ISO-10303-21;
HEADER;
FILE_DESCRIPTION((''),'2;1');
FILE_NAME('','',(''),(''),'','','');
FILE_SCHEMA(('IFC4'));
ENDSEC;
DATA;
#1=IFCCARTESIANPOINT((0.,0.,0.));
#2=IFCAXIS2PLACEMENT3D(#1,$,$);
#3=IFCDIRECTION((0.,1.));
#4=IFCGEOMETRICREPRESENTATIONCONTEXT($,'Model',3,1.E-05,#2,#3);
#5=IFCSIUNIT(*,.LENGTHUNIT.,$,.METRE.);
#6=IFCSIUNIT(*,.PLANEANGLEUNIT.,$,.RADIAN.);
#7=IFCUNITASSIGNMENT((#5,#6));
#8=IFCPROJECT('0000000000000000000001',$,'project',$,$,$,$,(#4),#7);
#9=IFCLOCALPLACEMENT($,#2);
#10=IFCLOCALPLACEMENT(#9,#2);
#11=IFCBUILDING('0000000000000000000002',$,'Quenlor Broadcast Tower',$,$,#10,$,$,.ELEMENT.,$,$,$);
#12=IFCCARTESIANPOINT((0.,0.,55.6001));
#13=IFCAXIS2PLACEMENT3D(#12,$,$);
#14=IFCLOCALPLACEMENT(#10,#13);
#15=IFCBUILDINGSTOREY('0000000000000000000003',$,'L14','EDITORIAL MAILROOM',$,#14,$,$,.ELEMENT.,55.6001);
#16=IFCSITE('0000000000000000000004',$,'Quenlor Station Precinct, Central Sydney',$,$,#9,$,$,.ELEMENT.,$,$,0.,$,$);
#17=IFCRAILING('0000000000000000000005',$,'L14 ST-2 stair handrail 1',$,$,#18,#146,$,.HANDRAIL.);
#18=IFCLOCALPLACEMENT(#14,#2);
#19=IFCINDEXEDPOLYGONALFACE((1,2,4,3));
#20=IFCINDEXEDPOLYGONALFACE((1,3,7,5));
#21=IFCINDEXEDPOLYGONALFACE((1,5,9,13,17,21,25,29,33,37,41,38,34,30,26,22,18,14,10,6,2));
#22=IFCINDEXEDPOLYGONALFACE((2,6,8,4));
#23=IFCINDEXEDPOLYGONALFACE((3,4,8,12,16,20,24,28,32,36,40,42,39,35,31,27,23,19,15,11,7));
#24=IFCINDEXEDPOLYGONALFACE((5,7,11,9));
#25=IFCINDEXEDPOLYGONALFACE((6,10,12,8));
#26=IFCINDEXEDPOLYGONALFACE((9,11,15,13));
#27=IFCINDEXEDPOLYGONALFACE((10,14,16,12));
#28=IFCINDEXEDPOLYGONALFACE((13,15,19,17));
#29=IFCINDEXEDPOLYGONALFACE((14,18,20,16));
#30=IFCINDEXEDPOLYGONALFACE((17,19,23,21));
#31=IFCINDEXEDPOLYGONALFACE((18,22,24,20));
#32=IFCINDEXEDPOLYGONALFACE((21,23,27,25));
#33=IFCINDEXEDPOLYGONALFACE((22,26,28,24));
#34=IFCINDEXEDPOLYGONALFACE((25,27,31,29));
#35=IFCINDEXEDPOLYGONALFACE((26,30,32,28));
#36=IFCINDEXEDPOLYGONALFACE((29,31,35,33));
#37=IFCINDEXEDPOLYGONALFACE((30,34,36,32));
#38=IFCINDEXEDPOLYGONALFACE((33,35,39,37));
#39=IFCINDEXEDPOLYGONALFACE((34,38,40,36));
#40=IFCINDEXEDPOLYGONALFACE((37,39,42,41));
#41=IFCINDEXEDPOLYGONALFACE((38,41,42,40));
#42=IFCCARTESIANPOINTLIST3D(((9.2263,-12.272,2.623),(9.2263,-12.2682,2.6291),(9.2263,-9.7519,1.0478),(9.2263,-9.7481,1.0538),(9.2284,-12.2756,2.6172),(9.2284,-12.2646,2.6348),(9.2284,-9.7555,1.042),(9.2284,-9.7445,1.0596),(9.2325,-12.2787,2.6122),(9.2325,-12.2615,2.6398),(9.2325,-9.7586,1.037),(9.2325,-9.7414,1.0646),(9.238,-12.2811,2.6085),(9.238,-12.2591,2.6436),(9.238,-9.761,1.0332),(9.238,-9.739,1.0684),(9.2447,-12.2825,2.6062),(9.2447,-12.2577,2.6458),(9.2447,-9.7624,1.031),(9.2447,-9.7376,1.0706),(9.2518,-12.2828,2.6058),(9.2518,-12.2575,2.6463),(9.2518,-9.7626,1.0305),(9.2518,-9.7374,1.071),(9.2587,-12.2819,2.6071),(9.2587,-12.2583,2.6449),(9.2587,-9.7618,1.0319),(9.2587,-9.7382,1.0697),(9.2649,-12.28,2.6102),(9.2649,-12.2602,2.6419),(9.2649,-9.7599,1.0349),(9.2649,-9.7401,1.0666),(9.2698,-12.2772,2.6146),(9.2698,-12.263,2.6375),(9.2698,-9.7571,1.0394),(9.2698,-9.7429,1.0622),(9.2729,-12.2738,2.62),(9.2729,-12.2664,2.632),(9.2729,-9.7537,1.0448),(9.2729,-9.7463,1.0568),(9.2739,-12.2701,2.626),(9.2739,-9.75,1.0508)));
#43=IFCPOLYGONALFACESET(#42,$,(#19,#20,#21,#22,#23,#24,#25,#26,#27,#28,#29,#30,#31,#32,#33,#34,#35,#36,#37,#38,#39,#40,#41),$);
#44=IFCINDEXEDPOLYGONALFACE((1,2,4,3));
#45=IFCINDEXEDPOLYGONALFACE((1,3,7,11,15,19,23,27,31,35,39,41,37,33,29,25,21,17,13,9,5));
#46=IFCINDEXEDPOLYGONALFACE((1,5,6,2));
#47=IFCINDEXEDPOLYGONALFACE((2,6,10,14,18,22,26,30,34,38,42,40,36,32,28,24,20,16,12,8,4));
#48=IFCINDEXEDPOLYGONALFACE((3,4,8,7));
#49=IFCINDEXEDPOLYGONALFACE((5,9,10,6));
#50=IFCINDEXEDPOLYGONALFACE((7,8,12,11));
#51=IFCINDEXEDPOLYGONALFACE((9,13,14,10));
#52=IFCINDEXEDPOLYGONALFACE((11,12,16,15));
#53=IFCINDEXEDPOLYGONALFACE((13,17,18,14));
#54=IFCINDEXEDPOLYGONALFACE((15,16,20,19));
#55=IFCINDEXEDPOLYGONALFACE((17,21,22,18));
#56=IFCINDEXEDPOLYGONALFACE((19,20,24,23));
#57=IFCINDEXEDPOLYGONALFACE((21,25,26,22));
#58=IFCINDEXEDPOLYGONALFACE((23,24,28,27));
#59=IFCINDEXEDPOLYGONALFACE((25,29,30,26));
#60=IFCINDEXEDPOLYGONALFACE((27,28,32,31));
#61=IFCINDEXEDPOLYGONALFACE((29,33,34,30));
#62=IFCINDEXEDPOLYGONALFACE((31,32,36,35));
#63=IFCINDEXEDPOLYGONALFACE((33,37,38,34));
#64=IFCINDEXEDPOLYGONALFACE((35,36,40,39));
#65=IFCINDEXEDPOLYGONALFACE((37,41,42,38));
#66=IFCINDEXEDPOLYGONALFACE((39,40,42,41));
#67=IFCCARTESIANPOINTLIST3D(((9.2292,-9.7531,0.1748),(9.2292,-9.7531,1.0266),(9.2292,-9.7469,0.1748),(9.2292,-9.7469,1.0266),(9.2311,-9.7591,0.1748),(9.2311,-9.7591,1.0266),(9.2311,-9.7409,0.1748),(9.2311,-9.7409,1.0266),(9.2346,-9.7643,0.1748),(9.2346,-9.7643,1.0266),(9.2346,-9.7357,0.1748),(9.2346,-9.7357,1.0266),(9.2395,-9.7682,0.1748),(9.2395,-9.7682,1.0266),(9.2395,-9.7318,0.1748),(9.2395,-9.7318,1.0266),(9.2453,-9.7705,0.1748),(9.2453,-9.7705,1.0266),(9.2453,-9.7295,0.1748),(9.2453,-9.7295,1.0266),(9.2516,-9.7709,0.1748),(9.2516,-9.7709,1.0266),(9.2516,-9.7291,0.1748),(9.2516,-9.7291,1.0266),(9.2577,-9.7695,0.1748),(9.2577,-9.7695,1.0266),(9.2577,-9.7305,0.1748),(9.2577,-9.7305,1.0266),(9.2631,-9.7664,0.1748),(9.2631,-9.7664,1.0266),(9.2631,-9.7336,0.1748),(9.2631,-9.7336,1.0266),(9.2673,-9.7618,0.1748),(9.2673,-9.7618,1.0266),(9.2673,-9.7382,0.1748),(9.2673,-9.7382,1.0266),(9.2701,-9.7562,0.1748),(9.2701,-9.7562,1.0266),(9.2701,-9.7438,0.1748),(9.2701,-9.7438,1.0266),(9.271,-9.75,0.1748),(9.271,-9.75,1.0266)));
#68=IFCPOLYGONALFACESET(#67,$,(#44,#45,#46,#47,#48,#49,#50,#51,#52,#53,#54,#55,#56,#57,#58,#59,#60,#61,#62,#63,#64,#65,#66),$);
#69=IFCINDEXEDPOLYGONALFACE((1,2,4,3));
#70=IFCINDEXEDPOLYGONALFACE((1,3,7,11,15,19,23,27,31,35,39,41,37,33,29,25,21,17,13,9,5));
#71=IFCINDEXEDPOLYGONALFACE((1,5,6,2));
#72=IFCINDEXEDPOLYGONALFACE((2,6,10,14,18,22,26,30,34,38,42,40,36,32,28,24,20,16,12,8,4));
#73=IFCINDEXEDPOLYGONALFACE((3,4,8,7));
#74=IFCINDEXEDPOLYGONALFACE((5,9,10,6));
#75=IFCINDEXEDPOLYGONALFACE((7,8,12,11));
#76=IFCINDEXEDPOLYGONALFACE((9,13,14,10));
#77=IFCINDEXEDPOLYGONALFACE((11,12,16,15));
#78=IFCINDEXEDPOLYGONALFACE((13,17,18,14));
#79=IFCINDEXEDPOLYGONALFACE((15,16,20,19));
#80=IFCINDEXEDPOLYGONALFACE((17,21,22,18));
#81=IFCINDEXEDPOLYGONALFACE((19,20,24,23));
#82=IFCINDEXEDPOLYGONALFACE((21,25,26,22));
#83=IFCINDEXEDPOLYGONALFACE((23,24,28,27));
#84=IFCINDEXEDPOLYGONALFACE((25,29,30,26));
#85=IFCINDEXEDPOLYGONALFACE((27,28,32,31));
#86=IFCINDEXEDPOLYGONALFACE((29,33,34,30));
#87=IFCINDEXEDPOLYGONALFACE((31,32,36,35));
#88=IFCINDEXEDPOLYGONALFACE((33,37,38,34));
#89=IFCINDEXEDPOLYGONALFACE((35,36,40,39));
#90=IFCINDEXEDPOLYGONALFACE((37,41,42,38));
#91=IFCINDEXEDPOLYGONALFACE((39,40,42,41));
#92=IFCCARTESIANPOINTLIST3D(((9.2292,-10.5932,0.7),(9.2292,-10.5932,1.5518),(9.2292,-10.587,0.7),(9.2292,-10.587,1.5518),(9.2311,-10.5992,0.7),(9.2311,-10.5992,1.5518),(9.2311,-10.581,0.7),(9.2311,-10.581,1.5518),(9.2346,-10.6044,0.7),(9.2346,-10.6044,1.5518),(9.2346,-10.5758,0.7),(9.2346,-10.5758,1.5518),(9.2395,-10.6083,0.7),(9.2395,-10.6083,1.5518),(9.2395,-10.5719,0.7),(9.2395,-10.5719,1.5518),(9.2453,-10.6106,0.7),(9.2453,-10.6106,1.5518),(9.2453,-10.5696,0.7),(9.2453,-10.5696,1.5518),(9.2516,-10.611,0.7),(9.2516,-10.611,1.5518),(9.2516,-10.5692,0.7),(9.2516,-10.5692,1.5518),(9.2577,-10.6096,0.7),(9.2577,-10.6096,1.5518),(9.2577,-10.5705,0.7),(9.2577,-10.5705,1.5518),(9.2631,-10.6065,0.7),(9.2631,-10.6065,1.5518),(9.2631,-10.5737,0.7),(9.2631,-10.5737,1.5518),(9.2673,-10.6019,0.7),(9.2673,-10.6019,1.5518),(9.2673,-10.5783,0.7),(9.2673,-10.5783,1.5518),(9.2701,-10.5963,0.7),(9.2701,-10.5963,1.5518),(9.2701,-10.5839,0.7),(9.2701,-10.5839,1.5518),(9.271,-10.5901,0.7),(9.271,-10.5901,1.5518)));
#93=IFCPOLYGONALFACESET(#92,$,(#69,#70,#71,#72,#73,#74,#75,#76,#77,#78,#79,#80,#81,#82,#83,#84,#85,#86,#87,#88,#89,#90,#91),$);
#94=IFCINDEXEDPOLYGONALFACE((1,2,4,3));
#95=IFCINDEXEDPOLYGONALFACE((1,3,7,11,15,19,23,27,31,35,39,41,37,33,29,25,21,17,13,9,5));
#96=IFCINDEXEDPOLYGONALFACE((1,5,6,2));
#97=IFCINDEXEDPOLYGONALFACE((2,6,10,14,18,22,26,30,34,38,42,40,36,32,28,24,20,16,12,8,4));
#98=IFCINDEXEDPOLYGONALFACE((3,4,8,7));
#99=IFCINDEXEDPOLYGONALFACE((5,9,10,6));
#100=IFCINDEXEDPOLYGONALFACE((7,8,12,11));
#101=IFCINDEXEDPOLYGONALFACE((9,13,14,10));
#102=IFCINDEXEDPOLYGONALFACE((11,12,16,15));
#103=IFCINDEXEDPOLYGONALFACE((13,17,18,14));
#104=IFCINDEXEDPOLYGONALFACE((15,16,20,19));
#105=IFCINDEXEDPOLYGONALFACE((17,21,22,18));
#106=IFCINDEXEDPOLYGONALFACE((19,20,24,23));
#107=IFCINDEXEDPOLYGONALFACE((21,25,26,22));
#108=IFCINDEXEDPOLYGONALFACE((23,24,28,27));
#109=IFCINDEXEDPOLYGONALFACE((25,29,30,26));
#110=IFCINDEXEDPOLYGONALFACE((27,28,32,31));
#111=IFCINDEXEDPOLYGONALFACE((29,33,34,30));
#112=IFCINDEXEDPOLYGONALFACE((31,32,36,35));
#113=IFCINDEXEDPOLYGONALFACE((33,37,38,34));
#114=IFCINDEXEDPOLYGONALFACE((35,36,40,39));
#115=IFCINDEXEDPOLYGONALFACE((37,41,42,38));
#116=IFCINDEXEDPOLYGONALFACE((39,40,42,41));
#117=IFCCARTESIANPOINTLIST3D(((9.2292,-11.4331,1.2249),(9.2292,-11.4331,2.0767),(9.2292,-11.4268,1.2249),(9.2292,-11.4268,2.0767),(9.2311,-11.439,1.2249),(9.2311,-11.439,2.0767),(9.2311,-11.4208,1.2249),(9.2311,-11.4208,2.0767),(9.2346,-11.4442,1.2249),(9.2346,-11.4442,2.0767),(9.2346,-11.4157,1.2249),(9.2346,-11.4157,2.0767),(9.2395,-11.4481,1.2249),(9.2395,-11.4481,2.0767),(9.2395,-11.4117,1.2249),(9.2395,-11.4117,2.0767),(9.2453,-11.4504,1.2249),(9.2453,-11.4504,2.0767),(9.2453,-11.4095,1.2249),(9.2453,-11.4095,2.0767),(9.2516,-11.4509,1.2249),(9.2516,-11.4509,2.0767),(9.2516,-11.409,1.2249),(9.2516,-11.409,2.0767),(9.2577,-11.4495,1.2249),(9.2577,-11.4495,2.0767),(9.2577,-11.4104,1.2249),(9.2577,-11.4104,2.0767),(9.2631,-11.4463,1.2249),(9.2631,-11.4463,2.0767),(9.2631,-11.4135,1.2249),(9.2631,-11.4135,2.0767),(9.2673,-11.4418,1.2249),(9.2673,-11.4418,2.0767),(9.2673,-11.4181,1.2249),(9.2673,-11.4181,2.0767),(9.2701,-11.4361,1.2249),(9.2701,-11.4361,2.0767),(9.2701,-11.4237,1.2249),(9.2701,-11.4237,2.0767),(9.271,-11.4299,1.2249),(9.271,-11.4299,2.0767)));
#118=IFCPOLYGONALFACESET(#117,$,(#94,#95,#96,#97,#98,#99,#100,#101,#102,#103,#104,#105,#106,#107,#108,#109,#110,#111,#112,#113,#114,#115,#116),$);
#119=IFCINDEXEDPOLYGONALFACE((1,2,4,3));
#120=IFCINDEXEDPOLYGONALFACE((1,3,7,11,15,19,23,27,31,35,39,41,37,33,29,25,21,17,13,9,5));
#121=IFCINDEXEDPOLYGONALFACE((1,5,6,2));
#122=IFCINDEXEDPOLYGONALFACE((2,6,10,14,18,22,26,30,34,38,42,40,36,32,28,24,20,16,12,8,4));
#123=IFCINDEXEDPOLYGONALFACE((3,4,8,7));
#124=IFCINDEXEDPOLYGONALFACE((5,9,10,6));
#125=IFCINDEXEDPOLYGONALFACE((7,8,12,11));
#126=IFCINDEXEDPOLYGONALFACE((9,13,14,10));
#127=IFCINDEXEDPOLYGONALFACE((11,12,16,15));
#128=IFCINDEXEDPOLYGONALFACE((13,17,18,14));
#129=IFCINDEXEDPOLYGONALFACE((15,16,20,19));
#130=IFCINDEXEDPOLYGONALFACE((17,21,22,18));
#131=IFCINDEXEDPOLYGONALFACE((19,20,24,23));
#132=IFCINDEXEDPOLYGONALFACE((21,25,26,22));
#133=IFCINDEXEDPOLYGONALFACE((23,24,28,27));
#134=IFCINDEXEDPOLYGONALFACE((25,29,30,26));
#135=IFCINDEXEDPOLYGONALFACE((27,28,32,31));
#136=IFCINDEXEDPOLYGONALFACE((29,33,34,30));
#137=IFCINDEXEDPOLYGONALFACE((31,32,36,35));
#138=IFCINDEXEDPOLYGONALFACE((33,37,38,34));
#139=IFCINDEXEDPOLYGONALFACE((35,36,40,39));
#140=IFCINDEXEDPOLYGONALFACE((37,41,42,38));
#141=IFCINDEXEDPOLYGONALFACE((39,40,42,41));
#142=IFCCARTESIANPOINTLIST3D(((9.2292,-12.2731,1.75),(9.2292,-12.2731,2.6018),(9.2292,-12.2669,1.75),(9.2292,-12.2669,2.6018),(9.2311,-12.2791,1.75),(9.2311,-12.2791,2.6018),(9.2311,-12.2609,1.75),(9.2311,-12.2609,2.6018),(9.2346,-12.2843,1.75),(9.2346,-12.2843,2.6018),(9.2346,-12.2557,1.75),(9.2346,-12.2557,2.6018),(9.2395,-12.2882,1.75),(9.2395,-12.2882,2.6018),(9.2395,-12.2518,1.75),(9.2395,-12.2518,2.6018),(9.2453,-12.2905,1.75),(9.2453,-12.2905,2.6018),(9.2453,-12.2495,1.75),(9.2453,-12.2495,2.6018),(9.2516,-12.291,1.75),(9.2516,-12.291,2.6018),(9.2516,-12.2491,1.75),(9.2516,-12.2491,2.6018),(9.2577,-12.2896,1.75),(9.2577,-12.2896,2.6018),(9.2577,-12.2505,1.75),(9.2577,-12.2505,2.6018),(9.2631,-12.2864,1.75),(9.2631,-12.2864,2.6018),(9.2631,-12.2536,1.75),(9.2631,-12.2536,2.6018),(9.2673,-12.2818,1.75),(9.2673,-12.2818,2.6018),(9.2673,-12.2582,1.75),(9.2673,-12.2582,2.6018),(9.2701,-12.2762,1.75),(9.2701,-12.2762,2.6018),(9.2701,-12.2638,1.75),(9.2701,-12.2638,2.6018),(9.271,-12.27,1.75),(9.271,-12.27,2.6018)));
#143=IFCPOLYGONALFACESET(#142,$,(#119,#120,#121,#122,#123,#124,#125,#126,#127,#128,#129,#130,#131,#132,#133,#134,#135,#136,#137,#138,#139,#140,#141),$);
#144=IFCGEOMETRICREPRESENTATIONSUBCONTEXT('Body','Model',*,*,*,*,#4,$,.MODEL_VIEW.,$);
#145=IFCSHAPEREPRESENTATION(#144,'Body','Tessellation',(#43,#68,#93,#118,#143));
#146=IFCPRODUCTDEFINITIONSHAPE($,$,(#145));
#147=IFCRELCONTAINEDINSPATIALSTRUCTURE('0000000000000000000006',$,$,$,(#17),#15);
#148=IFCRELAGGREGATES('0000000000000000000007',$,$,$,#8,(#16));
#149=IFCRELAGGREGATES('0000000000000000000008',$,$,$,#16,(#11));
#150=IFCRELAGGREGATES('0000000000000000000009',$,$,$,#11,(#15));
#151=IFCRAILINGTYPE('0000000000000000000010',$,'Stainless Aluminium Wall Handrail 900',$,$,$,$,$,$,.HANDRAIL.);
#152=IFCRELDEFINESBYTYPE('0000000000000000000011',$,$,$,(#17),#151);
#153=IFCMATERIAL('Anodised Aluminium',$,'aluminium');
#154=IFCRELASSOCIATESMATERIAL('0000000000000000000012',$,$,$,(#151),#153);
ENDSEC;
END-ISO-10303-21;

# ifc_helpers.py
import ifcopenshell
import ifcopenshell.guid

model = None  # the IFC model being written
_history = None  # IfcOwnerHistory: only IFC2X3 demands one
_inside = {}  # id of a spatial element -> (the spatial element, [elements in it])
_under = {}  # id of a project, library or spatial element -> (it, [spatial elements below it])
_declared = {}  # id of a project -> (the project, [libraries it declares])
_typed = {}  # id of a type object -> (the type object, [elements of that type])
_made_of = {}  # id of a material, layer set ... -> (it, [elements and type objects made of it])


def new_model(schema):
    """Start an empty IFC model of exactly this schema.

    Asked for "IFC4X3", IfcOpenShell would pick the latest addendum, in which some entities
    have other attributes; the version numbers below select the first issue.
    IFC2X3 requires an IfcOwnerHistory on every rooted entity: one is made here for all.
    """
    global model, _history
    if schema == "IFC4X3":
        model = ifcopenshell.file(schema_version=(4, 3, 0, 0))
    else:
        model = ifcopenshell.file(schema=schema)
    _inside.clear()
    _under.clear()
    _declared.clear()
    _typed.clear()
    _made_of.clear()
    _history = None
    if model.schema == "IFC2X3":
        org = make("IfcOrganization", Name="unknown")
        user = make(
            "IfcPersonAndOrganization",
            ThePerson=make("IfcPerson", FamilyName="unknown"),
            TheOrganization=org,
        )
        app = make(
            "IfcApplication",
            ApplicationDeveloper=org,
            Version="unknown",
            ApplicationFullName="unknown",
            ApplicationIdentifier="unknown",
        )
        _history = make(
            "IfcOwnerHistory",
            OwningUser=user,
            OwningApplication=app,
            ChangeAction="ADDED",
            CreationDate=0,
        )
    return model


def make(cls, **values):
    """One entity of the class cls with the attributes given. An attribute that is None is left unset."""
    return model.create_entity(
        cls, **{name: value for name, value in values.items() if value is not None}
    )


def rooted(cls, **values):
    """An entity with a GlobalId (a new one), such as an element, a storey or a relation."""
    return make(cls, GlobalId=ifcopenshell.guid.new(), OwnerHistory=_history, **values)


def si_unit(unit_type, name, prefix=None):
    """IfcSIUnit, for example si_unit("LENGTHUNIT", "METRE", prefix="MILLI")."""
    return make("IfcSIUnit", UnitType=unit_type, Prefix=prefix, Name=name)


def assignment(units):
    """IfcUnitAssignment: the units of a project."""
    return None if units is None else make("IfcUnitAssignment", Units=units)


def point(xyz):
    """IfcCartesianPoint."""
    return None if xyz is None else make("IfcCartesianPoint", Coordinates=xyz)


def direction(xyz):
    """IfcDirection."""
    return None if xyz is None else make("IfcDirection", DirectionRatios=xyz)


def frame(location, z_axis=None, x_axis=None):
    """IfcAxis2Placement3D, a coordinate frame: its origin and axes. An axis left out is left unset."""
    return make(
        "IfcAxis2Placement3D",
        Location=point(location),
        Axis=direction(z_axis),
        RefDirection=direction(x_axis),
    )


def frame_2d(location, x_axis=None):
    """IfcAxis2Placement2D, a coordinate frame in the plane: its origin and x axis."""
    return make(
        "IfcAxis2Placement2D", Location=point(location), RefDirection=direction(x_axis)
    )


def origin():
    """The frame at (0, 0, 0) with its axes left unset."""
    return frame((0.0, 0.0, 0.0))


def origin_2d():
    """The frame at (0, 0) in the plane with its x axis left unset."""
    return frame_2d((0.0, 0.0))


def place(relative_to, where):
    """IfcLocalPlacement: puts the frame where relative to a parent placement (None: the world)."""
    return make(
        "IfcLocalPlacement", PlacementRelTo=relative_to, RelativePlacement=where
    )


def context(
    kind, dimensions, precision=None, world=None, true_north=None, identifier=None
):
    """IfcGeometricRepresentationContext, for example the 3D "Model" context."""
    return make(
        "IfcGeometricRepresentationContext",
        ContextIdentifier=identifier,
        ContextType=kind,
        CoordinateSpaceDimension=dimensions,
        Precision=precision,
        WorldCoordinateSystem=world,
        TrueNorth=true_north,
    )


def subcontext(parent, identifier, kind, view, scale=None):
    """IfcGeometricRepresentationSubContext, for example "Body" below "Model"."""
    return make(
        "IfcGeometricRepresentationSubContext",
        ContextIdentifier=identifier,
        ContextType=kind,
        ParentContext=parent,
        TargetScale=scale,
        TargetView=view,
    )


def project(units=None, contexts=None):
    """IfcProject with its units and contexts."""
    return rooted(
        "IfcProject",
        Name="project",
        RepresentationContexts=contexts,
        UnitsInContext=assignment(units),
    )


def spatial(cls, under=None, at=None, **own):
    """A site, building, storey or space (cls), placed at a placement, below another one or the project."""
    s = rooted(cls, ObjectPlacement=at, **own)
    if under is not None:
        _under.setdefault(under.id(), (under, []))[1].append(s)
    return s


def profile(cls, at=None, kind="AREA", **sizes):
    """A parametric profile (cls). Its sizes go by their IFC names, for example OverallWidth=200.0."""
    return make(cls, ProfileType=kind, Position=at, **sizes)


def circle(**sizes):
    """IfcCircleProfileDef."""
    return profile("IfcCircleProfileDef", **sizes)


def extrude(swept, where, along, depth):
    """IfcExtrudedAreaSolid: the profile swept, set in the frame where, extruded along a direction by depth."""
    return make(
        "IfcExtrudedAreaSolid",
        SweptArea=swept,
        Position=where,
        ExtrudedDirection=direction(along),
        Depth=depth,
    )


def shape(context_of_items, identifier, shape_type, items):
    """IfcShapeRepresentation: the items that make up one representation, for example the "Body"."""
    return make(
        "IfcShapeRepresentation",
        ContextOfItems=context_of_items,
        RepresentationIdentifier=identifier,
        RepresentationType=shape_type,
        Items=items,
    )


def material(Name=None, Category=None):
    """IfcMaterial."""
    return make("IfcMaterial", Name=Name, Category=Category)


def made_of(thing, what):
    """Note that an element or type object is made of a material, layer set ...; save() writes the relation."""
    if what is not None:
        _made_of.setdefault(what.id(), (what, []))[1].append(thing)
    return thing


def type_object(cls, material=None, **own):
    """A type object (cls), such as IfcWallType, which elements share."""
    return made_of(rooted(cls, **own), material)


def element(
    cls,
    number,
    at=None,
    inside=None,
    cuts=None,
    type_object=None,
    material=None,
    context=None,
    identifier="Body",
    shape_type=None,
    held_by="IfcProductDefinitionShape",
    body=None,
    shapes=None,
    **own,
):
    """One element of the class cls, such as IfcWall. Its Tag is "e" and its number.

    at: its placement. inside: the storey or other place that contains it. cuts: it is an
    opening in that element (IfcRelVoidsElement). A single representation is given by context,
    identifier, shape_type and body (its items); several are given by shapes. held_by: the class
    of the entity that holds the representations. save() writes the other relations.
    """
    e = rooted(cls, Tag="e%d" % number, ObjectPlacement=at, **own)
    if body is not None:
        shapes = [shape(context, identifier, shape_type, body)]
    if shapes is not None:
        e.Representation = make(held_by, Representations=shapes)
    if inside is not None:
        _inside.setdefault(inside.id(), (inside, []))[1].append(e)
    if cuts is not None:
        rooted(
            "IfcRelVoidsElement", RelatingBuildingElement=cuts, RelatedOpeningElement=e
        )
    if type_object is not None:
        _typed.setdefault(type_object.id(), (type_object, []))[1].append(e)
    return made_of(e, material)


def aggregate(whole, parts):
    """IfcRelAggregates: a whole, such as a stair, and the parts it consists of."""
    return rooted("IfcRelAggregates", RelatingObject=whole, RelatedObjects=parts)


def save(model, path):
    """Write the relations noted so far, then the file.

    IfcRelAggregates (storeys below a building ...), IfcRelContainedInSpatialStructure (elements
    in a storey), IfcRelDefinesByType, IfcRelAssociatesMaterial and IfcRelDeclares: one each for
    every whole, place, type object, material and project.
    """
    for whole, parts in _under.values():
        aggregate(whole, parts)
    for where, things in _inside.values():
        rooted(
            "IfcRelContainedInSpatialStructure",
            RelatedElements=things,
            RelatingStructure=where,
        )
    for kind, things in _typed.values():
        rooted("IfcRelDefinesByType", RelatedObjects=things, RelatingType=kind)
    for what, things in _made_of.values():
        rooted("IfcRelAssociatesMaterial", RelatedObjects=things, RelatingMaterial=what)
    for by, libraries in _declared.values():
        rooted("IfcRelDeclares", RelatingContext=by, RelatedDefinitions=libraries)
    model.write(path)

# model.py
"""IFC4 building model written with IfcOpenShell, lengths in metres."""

from ifc_helpers import new_model, si_unit, direction, frame, origin, origin_2d, place, context, subcontext, project, spatial, circle, extrude, material, type_object, element, save


model = new_model("IFC4")

# Units and contexts
model_context = context("Model", 3, precision=1e-05, world=origin(), true_north=direction((0.0, 1.0)))
body_context = subcontext(model_context, "Body", "Model", "MODEL_VIEW")
ifc_project = project(units=[si_unit("LENGTHUNIT", "METRE"), si_unit("PLANEANGLEUNIT", "RADIAN")], contexts=[model_context])

# Site, building, storey
site_placement = place(None, origin())
site = spatial("IfcSite", under=ifc_project, at=site_placement, Name="Quenlor Station Precinct, Central Sydney", CompositionType="ELEMENT", RefElevation=0.0)
building_placement = place(site_placement, origin())
building = spatial("IfcBuilding", under=site, at=building_placement, Name="Quenlor Broadcast Tower", CompositionType="ELEMENT")
storey_placement = place(building_placement, frame((0.0, 0.0, 55.6001)))
storey = spatial("IfcBuildingStorey", under=building, at=storey_placement, Name="L14", Description="EDITORIAL MAILROOM", CompositionType="ELEMENT", Elevation=55.6001)

# Railing
ifc_material_1 = material(Name="Anodised Aluminium", Category="aluminium")
railing_type_1 = type_object("IfcRailingType", Name="Stainless Aluminium Wall Handrail 900", PredefinedType="HANDRAIL", material=ifc_material_1)
railing_1_placement = place(storey_placement, frame((9.25, -9.75, 0.1748)))
element("IfcRailing", 1, at=railing_1_placement, inside=storey, type_object=railing_type_1, Name="L14 ST-2 stair handrail 1", PredefinedType="HANDRAIL", context=body_context, shape_type="SweptSolid", body=[
    extrude(circle(Radius=0.0239, at=origin_2d()), frame((0.0, 0.0, 0.876), z_axis=(0.0, -0.847971, 0.530043), x_axis=(1.0, 0.0, 0.0)), (0.0, 0.0, 1.0), 2.9719),
    extrude(circle(Radius=0.021, at=origin_2d()), origin(), (0.0, 0.0, 1.0), 0.8518),
    extrude(circle(Radius=0.021, at=origin_2d()), frame((0.0, -0.8401, 0.5251)), (0.0, 0.0, 1.0), 0.8518),
    extrude(circle(Radius=0.021, at=origin_2d()), frame((0.0, -1.6799, 1.05)), (0.0, 0.0, 1.0), 0.8518),
    extrude(circle(Radius=0.021, at=origin_2d()), frame((0.0, -2.52, 1.5752)), (0.0, 0.0, 1.0), 0.8518),
])

save(model, "model.ifc")
